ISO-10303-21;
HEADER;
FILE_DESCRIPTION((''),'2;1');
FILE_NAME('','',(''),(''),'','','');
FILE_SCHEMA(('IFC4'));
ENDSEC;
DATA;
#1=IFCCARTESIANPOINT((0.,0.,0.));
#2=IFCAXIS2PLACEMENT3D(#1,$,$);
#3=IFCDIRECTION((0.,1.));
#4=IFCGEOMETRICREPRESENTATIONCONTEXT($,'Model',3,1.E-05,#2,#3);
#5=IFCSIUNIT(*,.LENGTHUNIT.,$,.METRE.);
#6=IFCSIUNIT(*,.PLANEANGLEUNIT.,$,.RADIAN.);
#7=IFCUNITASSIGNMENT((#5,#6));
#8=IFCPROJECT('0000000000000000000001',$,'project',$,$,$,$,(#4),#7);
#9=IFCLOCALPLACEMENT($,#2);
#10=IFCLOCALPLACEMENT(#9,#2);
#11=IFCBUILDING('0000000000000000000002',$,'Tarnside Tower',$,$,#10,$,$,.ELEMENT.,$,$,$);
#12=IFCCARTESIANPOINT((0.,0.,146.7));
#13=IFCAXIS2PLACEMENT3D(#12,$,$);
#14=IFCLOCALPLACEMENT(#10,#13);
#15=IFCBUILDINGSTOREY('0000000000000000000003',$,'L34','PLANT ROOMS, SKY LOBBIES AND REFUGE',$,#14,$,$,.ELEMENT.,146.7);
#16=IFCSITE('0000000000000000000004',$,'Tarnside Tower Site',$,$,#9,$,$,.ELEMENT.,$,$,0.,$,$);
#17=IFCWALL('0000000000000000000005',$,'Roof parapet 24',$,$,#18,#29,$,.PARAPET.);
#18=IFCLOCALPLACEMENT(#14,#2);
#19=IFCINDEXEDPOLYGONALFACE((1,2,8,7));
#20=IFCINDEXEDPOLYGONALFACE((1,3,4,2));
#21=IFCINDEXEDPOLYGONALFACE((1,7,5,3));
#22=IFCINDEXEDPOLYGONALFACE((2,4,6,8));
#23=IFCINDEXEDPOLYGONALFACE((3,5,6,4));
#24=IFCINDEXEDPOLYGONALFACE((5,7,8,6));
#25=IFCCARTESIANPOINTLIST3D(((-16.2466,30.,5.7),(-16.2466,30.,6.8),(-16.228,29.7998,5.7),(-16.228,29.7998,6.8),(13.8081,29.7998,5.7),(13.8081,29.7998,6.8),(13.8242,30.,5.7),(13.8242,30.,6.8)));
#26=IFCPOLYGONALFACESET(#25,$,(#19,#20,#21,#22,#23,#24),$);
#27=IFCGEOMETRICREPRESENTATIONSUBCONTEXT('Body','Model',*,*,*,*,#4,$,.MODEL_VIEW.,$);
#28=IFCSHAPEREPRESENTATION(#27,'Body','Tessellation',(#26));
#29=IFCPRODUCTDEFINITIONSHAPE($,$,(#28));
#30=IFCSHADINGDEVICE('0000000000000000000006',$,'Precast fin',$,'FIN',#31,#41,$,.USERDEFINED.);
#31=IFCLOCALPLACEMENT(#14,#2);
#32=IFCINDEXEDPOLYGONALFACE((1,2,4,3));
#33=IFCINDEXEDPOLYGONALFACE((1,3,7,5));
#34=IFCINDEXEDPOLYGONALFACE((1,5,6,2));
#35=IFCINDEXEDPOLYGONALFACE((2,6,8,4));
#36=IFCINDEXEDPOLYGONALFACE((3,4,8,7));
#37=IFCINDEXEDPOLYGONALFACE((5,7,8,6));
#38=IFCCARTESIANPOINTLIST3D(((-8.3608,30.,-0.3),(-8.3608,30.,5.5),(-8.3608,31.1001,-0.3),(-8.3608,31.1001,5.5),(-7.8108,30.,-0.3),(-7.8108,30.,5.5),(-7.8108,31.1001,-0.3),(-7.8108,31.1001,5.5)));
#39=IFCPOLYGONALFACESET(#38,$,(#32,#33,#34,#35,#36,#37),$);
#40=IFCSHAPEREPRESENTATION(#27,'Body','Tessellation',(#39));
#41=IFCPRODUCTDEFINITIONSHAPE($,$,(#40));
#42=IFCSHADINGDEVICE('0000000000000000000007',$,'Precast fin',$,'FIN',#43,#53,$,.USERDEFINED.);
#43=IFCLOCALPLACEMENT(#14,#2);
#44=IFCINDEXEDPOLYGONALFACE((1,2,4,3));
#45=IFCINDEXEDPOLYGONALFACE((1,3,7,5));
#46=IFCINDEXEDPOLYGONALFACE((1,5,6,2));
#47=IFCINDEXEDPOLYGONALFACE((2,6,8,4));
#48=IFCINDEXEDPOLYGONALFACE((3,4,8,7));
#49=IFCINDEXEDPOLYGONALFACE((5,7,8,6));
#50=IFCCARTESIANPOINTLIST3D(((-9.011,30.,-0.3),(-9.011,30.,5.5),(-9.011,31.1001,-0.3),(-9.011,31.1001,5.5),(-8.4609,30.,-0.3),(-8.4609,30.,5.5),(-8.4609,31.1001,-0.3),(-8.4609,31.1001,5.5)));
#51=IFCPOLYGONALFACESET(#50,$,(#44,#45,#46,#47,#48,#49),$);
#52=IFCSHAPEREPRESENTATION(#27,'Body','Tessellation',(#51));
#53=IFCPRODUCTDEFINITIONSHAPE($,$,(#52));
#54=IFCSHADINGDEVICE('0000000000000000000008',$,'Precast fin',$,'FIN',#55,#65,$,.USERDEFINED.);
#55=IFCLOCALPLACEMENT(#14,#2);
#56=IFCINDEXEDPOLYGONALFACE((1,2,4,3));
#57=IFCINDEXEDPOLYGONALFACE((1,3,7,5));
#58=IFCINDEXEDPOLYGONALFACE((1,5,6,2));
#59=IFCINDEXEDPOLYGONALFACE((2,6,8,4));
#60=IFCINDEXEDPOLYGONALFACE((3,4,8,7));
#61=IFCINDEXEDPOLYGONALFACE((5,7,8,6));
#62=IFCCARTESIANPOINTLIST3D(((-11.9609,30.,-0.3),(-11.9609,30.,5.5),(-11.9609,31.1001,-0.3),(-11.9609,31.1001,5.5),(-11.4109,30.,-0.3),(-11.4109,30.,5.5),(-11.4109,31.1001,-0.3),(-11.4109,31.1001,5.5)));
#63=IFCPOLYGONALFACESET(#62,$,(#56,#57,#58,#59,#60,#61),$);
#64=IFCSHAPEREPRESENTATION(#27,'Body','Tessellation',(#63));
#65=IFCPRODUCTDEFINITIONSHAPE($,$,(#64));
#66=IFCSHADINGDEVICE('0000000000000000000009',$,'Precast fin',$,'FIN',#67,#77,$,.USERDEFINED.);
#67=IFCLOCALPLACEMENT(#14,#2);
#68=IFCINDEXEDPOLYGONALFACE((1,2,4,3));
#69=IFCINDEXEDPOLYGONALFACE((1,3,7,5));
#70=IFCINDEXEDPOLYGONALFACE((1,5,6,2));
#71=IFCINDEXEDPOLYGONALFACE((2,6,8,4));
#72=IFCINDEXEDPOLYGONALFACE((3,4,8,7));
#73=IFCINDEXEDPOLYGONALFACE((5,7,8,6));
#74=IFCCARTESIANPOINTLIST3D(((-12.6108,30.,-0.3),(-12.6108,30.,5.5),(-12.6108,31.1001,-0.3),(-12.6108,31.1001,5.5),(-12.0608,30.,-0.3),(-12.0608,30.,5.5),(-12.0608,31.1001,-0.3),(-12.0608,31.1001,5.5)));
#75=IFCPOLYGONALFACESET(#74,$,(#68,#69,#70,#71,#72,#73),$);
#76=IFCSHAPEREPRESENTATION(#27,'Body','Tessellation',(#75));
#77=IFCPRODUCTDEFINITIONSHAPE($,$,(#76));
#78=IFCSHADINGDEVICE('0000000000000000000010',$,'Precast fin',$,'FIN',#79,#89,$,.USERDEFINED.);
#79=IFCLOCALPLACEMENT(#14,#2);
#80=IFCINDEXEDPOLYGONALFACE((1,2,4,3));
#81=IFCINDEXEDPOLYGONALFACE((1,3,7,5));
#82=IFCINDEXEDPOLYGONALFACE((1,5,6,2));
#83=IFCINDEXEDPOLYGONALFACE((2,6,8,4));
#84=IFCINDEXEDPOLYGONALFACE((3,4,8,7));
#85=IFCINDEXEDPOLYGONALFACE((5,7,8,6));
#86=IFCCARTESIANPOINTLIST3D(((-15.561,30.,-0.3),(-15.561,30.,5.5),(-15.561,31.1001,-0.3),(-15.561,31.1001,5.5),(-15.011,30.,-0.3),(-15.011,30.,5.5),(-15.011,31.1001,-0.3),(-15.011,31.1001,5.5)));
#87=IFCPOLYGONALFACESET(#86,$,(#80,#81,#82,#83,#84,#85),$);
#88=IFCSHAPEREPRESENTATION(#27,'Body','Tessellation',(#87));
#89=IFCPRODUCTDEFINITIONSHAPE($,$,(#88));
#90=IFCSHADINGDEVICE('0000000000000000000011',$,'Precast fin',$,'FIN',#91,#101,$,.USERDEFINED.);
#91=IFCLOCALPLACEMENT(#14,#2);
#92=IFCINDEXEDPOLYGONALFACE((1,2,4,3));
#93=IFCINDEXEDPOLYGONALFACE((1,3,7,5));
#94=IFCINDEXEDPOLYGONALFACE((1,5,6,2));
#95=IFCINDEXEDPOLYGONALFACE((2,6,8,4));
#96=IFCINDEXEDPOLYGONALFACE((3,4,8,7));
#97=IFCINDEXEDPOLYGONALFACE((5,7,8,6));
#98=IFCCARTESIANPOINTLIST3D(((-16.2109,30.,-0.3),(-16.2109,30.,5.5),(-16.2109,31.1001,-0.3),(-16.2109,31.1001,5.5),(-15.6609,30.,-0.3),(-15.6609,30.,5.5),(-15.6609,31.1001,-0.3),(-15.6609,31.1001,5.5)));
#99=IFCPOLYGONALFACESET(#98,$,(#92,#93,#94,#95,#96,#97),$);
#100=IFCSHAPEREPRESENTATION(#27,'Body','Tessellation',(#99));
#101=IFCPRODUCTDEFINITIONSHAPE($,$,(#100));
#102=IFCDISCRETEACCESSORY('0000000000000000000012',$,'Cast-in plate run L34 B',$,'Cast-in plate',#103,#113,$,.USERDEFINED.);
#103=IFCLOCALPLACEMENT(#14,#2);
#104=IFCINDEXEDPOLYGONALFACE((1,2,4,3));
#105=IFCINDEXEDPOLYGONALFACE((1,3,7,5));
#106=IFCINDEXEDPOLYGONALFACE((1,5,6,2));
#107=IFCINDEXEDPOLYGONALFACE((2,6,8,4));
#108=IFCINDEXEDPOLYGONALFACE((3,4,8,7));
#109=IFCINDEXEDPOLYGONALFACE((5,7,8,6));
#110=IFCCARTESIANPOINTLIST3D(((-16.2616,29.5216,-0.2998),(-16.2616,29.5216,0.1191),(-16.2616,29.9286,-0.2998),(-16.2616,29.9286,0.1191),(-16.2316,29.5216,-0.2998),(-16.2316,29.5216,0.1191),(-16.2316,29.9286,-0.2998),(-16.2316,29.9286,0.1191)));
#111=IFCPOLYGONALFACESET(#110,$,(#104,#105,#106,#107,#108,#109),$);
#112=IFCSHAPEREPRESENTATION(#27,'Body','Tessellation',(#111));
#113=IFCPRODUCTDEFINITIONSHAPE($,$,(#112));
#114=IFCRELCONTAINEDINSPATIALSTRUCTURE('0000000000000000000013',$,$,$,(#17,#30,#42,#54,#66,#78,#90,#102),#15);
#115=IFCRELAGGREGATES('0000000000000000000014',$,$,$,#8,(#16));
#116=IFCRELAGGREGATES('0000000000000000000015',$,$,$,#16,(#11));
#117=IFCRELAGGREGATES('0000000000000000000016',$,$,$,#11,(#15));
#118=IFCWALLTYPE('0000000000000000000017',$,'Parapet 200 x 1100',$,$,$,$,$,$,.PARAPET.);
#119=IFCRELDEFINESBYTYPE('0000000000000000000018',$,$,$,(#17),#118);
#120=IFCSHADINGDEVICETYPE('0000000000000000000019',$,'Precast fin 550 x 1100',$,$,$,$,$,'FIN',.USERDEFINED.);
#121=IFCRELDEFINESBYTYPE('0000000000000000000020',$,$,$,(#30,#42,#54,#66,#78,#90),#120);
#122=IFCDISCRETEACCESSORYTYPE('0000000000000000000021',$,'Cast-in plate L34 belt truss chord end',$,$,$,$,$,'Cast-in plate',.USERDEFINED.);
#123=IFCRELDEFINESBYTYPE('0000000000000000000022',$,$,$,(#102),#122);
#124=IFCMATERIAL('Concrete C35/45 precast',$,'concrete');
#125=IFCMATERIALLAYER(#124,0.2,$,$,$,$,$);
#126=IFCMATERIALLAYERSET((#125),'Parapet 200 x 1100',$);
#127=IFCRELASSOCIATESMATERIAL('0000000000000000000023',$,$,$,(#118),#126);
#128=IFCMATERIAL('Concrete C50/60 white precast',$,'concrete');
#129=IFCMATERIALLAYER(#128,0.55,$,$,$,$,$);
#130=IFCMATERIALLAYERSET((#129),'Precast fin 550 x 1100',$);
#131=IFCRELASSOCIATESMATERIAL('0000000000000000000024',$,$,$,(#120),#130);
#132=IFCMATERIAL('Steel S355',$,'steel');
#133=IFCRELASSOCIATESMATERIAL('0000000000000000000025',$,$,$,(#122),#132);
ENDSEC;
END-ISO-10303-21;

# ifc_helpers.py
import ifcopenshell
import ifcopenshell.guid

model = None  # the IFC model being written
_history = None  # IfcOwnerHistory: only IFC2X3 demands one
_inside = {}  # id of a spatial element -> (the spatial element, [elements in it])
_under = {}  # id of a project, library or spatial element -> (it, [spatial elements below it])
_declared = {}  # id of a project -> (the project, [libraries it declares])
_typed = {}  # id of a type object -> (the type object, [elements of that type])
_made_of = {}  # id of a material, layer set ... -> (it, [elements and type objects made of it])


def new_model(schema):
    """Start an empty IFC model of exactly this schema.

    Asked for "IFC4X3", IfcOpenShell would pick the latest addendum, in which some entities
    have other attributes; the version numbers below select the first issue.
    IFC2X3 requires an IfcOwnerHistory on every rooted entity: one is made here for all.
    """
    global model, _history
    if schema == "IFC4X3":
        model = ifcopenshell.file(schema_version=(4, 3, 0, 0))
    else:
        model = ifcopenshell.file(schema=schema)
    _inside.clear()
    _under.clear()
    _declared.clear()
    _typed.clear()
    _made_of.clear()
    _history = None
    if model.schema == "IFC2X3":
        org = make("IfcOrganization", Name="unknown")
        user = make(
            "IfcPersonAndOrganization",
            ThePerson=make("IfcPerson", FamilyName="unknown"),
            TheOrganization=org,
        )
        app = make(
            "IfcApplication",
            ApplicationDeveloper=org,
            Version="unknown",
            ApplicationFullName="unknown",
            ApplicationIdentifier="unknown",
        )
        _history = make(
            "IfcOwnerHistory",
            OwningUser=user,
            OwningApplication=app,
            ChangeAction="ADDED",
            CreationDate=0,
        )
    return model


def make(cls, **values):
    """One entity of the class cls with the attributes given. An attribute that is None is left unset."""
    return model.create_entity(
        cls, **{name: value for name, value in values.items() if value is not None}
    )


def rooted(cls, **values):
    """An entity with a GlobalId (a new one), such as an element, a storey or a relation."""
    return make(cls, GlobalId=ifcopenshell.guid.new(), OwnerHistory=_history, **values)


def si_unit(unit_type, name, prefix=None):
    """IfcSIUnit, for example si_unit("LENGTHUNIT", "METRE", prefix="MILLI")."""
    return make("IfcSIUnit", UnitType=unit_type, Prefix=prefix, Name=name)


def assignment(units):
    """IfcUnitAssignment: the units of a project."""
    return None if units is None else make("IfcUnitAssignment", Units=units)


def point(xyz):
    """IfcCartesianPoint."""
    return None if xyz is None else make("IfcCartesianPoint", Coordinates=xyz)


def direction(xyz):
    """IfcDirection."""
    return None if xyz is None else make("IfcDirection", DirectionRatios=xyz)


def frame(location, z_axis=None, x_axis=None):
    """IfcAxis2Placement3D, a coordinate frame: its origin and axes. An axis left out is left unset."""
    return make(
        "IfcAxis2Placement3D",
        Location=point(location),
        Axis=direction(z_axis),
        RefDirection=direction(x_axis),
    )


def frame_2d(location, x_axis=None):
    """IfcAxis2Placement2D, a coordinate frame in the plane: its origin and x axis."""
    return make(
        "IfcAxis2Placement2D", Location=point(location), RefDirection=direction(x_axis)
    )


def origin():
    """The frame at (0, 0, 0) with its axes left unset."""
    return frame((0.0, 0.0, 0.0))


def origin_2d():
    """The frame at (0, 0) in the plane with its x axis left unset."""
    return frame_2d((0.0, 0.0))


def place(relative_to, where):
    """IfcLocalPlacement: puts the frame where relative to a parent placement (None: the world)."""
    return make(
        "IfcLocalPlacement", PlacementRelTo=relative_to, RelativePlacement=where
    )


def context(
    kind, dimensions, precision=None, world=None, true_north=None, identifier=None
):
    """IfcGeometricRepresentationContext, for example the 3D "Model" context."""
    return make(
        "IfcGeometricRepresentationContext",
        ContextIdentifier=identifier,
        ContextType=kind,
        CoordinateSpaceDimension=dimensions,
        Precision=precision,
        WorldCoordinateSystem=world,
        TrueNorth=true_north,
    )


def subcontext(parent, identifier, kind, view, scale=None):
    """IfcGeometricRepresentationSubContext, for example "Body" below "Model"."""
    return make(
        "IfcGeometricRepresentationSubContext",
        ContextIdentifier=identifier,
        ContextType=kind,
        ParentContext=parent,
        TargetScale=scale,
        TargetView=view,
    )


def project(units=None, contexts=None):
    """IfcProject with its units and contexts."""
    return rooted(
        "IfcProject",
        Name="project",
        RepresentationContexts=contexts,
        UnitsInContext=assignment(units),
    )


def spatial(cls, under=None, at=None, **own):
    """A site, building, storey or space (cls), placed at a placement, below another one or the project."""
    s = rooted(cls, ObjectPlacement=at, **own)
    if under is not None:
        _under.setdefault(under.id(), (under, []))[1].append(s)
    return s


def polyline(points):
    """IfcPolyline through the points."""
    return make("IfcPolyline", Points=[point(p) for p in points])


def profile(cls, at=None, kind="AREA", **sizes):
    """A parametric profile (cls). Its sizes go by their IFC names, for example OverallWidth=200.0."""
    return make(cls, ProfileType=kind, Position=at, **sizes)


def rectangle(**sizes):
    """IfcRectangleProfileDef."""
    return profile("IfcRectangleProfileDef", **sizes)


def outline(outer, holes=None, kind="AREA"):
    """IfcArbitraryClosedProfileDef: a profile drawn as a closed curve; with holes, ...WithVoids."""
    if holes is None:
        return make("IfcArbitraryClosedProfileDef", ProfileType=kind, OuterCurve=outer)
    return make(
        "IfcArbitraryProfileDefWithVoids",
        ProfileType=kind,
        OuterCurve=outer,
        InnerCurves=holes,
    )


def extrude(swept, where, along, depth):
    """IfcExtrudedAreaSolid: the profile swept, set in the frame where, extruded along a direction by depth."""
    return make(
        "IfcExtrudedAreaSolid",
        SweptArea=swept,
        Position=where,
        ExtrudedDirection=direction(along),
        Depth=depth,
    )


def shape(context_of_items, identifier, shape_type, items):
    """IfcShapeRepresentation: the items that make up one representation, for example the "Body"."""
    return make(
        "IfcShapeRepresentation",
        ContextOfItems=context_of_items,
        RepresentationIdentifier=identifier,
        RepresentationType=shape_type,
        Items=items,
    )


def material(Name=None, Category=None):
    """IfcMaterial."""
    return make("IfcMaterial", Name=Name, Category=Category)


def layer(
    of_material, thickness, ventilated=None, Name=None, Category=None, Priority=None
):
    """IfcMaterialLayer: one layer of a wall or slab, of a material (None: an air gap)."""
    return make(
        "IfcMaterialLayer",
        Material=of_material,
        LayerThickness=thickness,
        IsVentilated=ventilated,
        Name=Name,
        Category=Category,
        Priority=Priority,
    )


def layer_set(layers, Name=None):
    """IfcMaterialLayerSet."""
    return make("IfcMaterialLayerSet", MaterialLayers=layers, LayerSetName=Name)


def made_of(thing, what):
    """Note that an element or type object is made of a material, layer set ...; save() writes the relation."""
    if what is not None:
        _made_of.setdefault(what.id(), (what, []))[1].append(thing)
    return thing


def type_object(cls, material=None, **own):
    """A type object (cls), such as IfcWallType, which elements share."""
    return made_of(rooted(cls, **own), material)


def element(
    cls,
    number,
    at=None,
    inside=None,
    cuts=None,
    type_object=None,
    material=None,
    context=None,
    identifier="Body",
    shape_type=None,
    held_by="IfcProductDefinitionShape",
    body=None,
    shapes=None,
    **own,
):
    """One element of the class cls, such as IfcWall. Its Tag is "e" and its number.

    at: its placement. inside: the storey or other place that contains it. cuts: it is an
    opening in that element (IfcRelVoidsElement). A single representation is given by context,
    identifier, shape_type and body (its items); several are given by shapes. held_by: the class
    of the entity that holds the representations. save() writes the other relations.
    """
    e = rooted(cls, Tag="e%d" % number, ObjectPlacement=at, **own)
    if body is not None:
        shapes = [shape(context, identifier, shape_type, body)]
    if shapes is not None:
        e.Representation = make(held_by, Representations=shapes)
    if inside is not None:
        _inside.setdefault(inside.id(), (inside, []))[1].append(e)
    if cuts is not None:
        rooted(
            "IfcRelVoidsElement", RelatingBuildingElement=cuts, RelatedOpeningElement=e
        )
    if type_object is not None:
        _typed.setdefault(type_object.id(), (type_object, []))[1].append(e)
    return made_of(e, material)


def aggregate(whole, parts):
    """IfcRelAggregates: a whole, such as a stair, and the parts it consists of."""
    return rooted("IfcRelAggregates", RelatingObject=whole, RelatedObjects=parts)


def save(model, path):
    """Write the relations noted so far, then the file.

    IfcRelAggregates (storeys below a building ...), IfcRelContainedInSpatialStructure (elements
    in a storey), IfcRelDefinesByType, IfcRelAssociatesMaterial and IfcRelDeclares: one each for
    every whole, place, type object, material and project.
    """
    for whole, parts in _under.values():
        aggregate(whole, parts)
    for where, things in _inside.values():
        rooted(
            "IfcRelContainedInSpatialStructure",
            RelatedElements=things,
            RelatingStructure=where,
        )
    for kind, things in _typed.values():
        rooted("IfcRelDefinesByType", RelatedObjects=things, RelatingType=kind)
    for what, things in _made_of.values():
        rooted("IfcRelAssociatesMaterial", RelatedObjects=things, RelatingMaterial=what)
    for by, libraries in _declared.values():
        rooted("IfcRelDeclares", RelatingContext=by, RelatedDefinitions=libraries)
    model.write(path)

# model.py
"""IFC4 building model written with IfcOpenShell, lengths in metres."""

from ifc_helpers import new_model, si_unit, direction, frame, origin, origin_2d, place, context, subcontext, project, spatial, polyline, rectangle, outline, extrude, material, layer, layer_set, type_object, element, save


model = new_model("IFC4")

# Units and contexts
model_context = context("Model", 3, precision=1e-05, world=origin(), true_north=direction((0.0, 1.0)))
body_context = subcontext(model_context, "Body", "Model", "MODEL_VIEW")
ifc_project = project(units=[si_unit("LENGTHUNIT", "METRE"), si_unit("PLANEANGLEUNIT", "RADIAN")], contexts=[model_context])

# Site, building, storey
site_placement = place(None, origin())
site = spatial("IfcSite", under=ifc_project, at=site_placement, Name="Tarnside Tower Site", CompositionType="ELEMENT", RefElevation=0.0)
building_placement = place(site_placement, origin())
building = spatial("IfcBuilding", under=site, at=building_placement, Name="Tarnside Tower", CompositionType="ELEMENT")
storey_placement = place(building_placement, frame((0.0, 0.0, 146.7)))
storey = spatial("IfcBuildingStorey", under=building, at=storey_placement, Name="L34", Description="PLANT ROOMS, SKY LOBBIES AND REFUGE", CompositionType="ELEMENT", Elevation=146.7)

# Shared definitions
ifc_material_1 = material(Name="Steel S355", Category="steel")

# Wall
ifc_material_2 = material(Name="Concrete C35/45 precast", Category="concrete")
ifc_layer_1 = layer(ifc_material_2, 0.2)
ifc_layer_set_1 = layer_set([ifc_layer_1], Name="Parapet 200 x 1100")
wall_type = type_object("IfcWallType", Name="Parapet 200 x 1100", PredefinedType="PARAPET", material=ifc_layer_set_1)
wall_placement = place(storey_placement, frame((-16.2373, 29.8999, 5.7), z_axis=(0.0, 0.0, 1.0), x_axis=(1.0, 0.0, 0.0)))
element("IfcWall", 1, at=wall_placement, inside=storey, type_object=wall_type, Name="Roof parapet 24", PredefinedType="PARAPET", context=body_context, shape_type="SweptSolid", body=[
    extrude(outline(polyline([(0.0093, -0.1001), (30.0454, -0.1001), (30.0615, 0.1001), (-0.0093, 0.1001), (0.0093, -0.1001)])), origin(), (0.0, 0.0, 1.0), 1.1001),
])

# Shading devices
ifc_material_3 = material(Name="Concrete C50/60 white precast", Category="concrete")
ifc_layer_2 = layer(ifc_material_3, 0.55)
ifc_layer_set_2 = layer_set([ifc_layer_2], Name="Precast fin 550 x 1100")
shading_device_type = type_object("IfcShadingDeviceType", Name="Precast fin 550 x 1100", ElementType="FIN", PredefinedType="USERDEFINED", material=ifc_layer_set_2)
for number, where, z_axis, x_axis, name in (
    (2, (-8.0859, 30.0, -0.3), (1.0, 0.0, 0.0), (0.0, 1.0, 0.0), "Precast fin"),
    (3, (-8.7361, 30.0, -0.3), (1.0, 0.0, 0.0), (0.0, 1.0, 0.0), "Precast fin"),
    (4, (-11.686, 30.0, -0.3), (1.0, 0.0, 0.0), (0.0, 1.0, 0.0), "Precast fin"),
    (5, (-12.3359, 30.0, -0.3), (1.0, 0.0, 0.0), (0.0, 1.0, 0.0), "Precast fin"),
    (6, (-15.2861, 30.0, -0.3), (1.0, 0.0, 0.0), (0.0, 1.0, 0.0), "Precast fin"),
    (7, (-15.936, 30.0, -0.3), (1.0, 0.0, 0.0), (0.0, 1.0, 0.0), "Precast fin"),
):
    element("IfcShadingDevice", number, at=place(storey_placement, frame(where, z_axis=z_axis, x_axis=x_axis)), inside=storey, type_object=shading_device_type, Name=name, ObjectType="FIN", PredefinedType="USERDEFINED", context=body_context, shape_type="SweptSolid", body=[
        extrude(outline(polyline([(0.0, 0.0), (1.1001, 0.0), (1.1001, 5.8), (0.0, 5.8), (0.0, 0.0)])), frame((0.0, 0.0, -0.2749)), (0.0, 0.0, 1.0), 0.55),
    ])

# Discrete accessory
discrete_accessory_type = type_object("IfcDiscreteAccessoryType", Name="Cast-in plate L34 belt truss chord end", ElementType="Cast-in plate", PredefinedType="USERDEFINED", material=ifc_material_1)
discrete_accessory_placement = place(storey_placement, frame((-16.2466, 29.7251, -0.2998), z_axis=(0.0, 0.0, 1.0), x_axis=(-1.0, 0.0, 0.0)))
element("IfcDiscreteAccessory", 8, at=discrete_accessory_placement, inside=storey, type_object=discrete_accessory_type, Name="Cast-in plate run L34 B", ObjectType="Cast-in plate", PredefinedType="USERDEFINED", context=body_context, shape_type="SweptSolid", body=[
    extrude(rectangle(XDim=0.03, YDim=0.407, at=origin_2d()), origin(), (0.0, 0.0, 1.0), 0.4189),
])

save(model, "model.ifc")
